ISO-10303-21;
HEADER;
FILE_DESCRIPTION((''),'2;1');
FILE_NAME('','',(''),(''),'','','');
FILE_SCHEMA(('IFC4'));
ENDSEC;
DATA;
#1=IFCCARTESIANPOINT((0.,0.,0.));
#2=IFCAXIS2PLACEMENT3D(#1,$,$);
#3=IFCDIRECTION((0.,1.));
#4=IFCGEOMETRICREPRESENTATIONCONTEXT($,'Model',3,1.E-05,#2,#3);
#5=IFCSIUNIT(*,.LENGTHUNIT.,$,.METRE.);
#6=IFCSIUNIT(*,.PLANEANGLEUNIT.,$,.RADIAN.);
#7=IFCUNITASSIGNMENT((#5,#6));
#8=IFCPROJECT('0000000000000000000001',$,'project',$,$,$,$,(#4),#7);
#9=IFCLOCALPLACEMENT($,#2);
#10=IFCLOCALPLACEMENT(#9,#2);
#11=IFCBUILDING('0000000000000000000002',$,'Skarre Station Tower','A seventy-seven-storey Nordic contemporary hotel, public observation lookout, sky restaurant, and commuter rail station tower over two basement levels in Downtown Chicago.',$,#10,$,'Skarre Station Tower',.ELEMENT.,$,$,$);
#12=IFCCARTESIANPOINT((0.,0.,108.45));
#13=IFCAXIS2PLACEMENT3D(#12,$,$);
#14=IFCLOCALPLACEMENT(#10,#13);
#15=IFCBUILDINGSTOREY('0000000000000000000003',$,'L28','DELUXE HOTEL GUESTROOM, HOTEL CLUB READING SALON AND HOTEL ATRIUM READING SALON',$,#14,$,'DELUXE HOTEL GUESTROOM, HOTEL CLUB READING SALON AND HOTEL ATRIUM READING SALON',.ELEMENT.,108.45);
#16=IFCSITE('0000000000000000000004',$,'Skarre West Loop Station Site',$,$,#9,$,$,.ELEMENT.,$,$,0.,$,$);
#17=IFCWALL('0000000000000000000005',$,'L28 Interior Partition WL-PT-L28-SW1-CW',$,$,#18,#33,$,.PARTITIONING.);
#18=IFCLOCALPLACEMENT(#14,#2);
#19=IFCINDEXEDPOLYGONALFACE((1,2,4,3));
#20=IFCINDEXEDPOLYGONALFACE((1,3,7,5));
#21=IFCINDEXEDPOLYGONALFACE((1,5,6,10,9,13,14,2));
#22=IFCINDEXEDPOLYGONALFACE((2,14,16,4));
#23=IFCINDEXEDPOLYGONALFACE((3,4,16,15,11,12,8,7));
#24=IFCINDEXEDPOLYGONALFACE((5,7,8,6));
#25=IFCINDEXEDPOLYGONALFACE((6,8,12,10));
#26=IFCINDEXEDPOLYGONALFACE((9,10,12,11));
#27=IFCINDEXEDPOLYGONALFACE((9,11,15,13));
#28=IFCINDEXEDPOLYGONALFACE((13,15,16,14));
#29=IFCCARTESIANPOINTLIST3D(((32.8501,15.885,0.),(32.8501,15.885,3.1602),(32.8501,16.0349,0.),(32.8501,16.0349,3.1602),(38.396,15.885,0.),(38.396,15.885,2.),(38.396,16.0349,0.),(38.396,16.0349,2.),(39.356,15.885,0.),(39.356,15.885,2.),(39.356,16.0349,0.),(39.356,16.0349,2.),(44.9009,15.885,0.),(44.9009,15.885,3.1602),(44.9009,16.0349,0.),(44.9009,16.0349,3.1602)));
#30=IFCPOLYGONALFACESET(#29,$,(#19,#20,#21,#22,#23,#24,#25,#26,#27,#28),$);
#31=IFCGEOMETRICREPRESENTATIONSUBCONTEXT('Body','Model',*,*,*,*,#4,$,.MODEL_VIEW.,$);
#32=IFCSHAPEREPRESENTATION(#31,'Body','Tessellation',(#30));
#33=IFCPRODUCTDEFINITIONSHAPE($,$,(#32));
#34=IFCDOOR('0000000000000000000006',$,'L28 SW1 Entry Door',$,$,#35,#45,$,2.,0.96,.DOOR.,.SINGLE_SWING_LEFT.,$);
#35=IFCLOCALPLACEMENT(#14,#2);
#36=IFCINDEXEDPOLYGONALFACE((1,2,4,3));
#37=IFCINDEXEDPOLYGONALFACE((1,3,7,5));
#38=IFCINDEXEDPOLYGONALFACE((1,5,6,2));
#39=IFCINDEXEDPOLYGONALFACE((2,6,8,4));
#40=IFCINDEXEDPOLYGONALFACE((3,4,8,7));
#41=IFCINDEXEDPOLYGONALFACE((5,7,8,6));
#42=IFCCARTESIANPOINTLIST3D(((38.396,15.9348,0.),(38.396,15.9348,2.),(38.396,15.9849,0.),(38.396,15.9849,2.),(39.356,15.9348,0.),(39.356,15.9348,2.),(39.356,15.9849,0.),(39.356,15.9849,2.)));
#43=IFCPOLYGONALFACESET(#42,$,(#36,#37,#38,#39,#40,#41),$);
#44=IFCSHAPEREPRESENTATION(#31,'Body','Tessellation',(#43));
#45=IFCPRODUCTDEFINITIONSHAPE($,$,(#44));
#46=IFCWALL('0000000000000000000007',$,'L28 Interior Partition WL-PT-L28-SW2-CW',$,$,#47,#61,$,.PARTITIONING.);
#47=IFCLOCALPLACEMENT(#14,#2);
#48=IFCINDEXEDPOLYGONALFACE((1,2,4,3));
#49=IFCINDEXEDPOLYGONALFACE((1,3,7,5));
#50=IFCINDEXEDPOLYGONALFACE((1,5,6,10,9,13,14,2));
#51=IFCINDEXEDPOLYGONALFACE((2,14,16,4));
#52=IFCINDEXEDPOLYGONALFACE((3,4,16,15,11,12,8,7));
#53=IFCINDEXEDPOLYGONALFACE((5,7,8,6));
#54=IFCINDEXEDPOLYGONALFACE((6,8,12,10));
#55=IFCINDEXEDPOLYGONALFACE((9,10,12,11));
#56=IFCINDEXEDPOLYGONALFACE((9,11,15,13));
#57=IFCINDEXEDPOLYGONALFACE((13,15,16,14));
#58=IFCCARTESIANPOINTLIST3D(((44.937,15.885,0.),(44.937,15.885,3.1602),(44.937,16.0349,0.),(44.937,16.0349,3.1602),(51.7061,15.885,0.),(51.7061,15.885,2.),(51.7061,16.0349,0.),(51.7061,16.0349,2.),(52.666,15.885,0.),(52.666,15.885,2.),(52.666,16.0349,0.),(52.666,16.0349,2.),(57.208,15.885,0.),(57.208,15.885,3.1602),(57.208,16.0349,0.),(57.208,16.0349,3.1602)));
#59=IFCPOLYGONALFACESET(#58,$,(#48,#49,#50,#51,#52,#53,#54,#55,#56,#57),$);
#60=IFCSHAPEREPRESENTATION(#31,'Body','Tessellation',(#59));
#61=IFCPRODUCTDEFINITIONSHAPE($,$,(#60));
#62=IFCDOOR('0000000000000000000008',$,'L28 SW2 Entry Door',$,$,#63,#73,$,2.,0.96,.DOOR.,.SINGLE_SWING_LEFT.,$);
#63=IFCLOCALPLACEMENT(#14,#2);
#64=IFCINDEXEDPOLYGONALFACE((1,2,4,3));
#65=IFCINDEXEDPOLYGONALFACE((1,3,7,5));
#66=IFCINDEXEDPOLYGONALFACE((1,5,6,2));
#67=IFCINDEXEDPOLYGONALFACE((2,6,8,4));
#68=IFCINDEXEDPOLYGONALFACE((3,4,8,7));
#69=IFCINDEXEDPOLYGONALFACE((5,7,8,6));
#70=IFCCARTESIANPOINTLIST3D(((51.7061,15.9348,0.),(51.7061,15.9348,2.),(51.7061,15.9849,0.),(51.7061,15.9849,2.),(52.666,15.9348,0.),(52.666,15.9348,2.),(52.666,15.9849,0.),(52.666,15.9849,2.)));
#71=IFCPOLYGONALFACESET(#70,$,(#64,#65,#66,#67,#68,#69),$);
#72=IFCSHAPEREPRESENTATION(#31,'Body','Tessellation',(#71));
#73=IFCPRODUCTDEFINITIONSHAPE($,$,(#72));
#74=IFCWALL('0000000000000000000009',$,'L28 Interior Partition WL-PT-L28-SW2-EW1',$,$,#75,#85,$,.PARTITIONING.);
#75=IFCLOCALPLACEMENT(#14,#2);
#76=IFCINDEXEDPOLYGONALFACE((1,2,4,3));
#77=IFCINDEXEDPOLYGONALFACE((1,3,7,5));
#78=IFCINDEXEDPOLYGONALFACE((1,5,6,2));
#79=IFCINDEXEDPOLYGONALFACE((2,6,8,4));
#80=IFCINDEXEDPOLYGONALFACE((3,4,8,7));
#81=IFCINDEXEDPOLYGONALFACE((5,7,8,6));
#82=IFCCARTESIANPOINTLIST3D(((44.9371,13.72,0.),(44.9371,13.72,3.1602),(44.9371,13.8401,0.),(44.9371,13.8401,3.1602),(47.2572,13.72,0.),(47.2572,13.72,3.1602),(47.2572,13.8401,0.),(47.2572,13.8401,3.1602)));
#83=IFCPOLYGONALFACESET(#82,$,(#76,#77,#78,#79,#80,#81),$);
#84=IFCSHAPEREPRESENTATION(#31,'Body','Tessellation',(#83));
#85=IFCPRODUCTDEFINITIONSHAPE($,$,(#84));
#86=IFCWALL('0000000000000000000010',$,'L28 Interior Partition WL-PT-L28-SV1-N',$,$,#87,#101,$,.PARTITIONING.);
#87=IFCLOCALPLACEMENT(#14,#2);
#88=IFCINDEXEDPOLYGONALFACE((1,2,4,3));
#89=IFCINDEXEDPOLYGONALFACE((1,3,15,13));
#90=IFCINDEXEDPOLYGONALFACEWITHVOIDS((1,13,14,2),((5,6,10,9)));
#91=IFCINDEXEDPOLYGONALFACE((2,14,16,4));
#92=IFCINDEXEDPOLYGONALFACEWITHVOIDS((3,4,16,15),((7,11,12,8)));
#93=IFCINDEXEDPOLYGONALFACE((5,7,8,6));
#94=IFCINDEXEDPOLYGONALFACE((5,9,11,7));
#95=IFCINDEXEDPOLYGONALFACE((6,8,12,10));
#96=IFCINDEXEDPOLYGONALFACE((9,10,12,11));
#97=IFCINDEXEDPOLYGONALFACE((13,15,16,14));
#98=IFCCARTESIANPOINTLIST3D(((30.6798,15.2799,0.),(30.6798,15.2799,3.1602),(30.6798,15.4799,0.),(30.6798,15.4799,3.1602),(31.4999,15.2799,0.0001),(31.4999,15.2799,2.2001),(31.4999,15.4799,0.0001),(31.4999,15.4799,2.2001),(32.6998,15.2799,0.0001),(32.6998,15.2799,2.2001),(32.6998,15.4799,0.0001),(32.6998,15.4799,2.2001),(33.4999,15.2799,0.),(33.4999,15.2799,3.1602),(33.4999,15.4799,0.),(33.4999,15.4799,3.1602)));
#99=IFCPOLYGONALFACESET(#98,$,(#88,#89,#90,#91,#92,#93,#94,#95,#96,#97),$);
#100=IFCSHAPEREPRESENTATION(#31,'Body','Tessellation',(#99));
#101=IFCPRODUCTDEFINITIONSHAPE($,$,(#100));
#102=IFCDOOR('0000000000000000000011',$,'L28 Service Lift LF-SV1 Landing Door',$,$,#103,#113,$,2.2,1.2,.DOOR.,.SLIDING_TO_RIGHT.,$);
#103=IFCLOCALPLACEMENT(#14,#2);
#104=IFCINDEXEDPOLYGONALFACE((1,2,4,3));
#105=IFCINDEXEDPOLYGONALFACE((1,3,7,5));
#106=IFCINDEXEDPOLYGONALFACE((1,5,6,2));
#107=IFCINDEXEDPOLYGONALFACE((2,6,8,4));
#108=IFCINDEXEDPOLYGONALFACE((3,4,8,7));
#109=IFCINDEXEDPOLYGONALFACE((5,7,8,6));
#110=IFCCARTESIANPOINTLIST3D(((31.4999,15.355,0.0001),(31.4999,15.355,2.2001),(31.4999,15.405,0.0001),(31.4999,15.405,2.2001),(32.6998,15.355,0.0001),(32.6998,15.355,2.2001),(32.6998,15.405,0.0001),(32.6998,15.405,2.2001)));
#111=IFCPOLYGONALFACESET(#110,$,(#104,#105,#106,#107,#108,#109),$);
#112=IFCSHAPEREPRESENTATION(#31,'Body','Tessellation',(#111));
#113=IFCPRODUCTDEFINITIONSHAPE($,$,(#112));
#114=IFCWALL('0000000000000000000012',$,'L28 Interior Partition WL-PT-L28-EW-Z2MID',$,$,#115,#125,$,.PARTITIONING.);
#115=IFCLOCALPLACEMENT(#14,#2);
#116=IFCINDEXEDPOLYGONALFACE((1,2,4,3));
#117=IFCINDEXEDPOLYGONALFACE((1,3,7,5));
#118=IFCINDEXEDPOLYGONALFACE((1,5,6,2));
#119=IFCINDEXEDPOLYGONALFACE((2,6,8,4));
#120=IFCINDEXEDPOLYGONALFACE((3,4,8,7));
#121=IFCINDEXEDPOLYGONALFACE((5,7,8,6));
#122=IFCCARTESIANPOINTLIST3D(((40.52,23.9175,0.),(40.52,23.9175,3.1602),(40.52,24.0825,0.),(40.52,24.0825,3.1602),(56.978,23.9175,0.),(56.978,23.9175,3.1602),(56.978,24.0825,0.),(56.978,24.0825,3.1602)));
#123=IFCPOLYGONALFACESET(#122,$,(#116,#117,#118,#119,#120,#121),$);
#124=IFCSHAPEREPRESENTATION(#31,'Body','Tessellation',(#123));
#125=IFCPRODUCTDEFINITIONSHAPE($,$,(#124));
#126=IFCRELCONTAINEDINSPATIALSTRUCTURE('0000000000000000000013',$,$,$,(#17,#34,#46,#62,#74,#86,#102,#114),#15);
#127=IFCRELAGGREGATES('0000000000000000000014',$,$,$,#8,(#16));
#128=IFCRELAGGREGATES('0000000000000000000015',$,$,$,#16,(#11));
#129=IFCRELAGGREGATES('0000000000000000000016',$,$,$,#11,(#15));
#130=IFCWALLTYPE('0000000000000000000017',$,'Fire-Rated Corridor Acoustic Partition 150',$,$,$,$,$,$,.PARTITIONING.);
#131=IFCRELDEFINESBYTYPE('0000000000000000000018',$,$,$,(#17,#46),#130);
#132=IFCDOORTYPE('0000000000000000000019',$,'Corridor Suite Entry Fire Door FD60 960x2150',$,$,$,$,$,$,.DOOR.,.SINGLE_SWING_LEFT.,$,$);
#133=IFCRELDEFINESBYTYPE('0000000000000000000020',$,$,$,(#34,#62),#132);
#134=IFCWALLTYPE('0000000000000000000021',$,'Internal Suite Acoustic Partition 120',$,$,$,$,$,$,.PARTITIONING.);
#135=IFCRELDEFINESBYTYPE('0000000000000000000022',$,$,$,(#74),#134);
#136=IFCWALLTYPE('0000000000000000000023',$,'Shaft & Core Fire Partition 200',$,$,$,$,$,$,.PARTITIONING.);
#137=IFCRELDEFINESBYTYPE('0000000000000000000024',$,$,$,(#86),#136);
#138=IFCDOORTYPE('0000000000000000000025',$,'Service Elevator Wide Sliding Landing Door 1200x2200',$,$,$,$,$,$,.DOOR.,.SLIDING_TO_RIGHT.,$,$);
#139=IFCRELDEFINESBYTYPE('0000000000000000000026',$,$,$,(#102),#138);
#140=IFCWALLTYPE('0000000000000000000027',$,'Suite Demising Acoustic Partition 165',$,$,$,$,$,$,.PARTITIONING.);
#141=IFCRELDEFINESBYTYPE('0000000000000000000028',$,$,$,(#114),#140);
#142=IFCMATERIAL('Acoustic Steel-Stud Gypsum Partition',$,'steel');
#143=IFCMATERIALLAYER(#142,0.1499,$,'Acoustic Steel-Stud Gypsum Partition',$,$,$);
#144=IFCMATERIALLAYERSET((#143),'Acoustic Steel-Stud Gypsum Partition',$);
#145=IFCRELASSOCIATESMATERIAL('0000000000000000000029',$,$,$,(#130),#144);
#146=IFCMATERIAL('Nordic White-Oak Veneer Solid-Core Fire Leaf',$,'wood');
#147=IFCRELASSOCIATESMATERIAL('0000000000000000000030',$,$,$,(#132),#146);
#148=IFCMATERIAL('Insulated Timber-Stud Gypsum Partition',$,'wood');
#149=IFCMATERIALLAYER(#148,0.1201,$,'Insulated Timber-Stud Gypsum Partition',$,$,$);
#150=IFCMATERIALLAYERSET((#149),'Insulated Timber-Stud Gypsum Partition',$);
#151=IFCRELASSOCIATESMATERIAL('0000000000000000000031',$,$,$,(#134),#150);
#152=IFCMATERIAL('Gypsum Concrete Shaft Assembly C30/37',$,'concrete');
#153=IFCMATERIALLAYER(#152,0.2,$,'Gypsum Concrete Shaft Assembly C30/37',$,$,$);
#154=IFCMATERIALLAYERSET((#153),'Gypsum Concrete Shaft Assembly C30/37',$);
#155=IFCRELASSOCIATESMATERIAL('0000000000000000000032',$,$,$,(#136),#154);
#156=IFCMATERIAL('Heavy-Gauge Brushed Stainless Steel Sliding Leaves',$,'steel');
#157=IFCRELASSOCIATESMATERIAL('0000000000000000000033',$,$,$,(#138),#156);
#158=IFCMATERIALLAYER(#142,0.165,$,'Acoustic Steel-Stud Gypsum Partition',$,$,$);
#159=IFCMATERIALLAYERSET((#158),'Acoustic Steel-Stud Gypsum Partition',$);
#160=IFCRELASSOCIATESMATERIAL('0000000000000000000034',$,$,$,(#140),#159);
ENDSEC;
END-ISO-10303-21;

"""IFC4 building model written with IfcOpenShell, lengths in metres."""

from ifc_helpers import new_model, si_unit, direction, frame, frame_2d, origin, place, context, subcontext, project, spatial, rectangle, extrude, material, layer, layer_set, type_object, element, fill, save


model = new_model("IFC4")

# Units and contexts
model_context = context("Model", 3, precision=1e-05, world=origin(), true_north=direction((0.0, 1.0)))
body_context = subcontext(model_context, "Body", "Model", "MODEL_VIEW")
ifc_project = project(units=[si_unit("LENGTHUNIT", "METRE"), si_unit("PLANEANGLEUNIT", "RADIAN")], contexts=[model_context])

# Site, building, storey
site_placement = place(None, origin())
site = spatial("IfcSite", under=ifc_project, at=site_placement, Name="Skarre West Loop Station Site", CompositionType="ELEMENT", RefElevation=0.0)
building_placement = place(site_placement, origin())
building = spatial("IfcBuilding", under=site, at=building_placement, Name="Skarre Station Tower", Description="A seventy-seven-storey Nordic contemporary hotel, public observation lookout, sky restaurant, and commuter rail station tower over two basement levels in Downtown Chicago.", LongName="Skarre Station Tower", CompositionType="ELEMENT")
storey_placement = place(building_placement, frame((0.0, 0.0, 108.45)))
storey = spatial("IfcBuildingStorey", under=building, at=storey_placement, Name="L28", Description="DELUXE HOTEL GUESTROOM, HOTEL CLUB READING SALON AND HOTEL ATRIUM READING SALON", LongName="DELUXE HOTEL GUESTROOM, HOTEL CLUB READING SALON AND HOTEL ATRIUM READING SALON", CompositionType="ELEMENT", Elevation=108.45)

# Shared definitions
ifc_material_1 = material(Name="Acoustic Steel-Stud Gypsum Partition", Category="steel")
ifc_layer_1 = layer(ifc_material_1, 0.1499, Name="Acoustic Steel-Stud Gypsum Partition")
ifc_layer_set_1 = layer_set([ifc_layer_1], Name="Acoustic Steel-Stud Gypsum Partition")
wall_type_1 = type_object("IfcWallType", Name="Fire-Rated Corridor Acoustic Partition 150", PredefinedType="PARTITIONING", material=ifc_layer_set_1)

# Walls, openings, doors
wall_1_placement = place(storey_placement, frame((32.8501, 15.96, 0.0), z_axis=(0.0, 0.0, 1.0), x_axis=(1.0, 0.0, 0.0)))
wall_1 = element("IfcWall", 1, at=wall_1_placement, inside=storey, type_object=wall_type_1, Name="L28 Interior Partition WL-PT-L28-SW1-CW", PredefinedType="PARTITIONING", context=body_context, shape_type="SweptSolid", body=[
    extrude(rectangle(XDim=12.0508, YDim=0.1499, at=frame_2d((6.0254, 0.0))), origin(), (0.0, 0.0, 1.0), 3.1602),
])
opening_1_placement = place(wall_1_placement, frame((5.5459, 0.0, 0.0)))
opening_1 = element("IfcOpeningElement", 2, at=opening_1_placement, cuts=wall_1, PredefinedType="OPENING", context=body_context, shape_type="SweptSolid", body=[
    extrude(rectangle(XDim=0.96, YDim=2.0, at=frame_2d((0.48, 1.0))), frame((0.0, 0.085, 0.0), z_axis=(0.0, -1.0, 0.0), x_axis=(1.0, 0.0, 0.0)), (0.0, 0.0, 1.0), 0.1699),
])
ifc_material_2 = material(Name="Nordic White-Oak Veneer Solid-Core Fire Leaf", Category="wood")
door_type_1 = type_object("IfcDoorType", Name="Corridor Suite Entry Fire Door FD60 960x2150", OperationType="SINGLE_SWING_LEFT", PredefinedType="DOOR", material=ifc_material_2)
door_1_placement = place(opening_1_placement, origin())
door_1 = element("IfcDoor", 3, at=door_1_placement, inside=storey, type_object=door_type_1, Name="L28 SW1 Entry Door", OperationType="SINGLE_SWING_LEFT", OverallHeight=2.0, OverallWidth=0.96, PredefinedType="DOOR", context=body_context, shape_type="SweptSolid", body=[
    extrude(rectangle(XDim=0.96, YDim=2.0, at=frame_2d((0.48, 1.0))), frame((0.0, 0.0249, 0.0), z_axis=(0.0, -1.0, 0.0), x_axis=(1.0, 0.0, 0.0)), (0.0, 0.0, 1.0), 0.05),
])
fill(opening_1, door_1)
wall_2_placement = place(storey_placement, frame((44.937, 15.96, 0.0), z_axis=(0.0, 0.0, 1.0), x_axis=(1.0, 0.0, 0.0)))
wall_2 = element("IfcWall", 4, at=wall_2_placement, inside=storey, type_object=wall_type_1, Name="L28 Interior Partition WL-PT-L28-SW2-CW", PredefinedType="PARTITIONING", context=body_context, shape_type="SweptSolid", body=[
    extrude(rectangle(XDim=12.271, YDim=0.1499, at=frame_2d((6.1355, 0.0))), origin(), (0.0, 0.0, 1.0), 3.1602),
])
opening_2_placement = place(wall_2_placement, frame((6.769, 0.0, 0.0)))
opening_2 = element("IfcOpeningElement", 5, at=opening_2_placement, cuts=wall_2, PredefinedType="OPENING", context=body_context, shape_type="SweptSolid", body=[
    extrude(rectangle(XDim=0.96, YDim=2.0, at=frame_2d((0.48, 1.0))), frame((0.0, 0.085, 0.0), z_axis=(0.0, -1.0, 0.0), x_axis=(1.0, 0.0, 0.0)), (0.0, 0.0, 1.0), 0.1699),
])
door_2_placement = place(opening_2_placement, origin())
door_2 = element("IfcDoor", 6, at=door_2_placement, inside=storey, type_object=door_type_1, Name="L28 SW2 Entry Door", OperationType="SINGLE_SWING_LEFT", OverallHeight=2.0, OverallWidth=0.96, PredefinedType="DOOR", context=body_context, shape_type="SweptSolid", body=[
    extrude(rectangle(XDim=0.96, YDim=2.0, at=frame_2d((0.48, 1.0))), frame((0.0, 0.0249, 0.0), z_axis=(0.0, -1.0, 0.0), x_axis=(1.0, 0.0, 0.0)), (0.0, 0.0, 1.0), 0.05),
])
fill(opening_2, door_2)

# Wall
ifc_material_3 = material(Name="Insulated Timber-Stud Gypsum Partition", Category="wood")
ifc_layer_2 = layer(ifc_material_3, 0.1201, Name="Insulated Timber-Stud Gypsum Partition")
ifc_layer_set_2 = layer_set([ifc_layer_2], Name="Insulated Timber-Stud Gypsum Partition")
wall_type_2 = type_object("IfcWallType", Name="Internal Suite Acoustic Partition 120", PredefinedType="PARTITIONING", material=ifc_layer_set_2)
wall_3_placement = place(storey_placement, frame((44.937, 13.78, 0.0), z_axis=(0.0, 0.0, 1.0), x_axis=(1.0, 0.0, 0.0)))
element("IfcWall", 7, at=wall_3_placement, inside=storey, type_object=wall_type_2, Name="L28 Interior Partition WL-PT-L28-SW2-EW1", PredefinedType="PARTITIONING", context=body_context, shape_type="SweptSolid", body=[
    extrude(rectangle(XDim=2.3201, YDim=0.1201, at=frame_2d((1.1602, 0.0))), origin(), (0.0, 0.0, 1.0), 3.1602),
])

# Wall, opening, door
ifc_material_4 = material(Name="Gypsum Concrete Shaft Assembly C30/37", Category="concrete")
ifc_layer_3 = layer(ifc_material_4, 0.2, Name="Gypsum Concrete Shaft Assembly C30/37")
ifc_layer_set_3 = layer_set([ifc_layer_3], Name="Gypsum Concrete Shaft Assembly C30/37")
wall_type_3 = type_object("IfcWallType", Name="Shaft & Core Fire Partition 200", PredefinedType="PARTITIONING", material=ifc_layer_set_3)
wall_4_placement = place(storey_placement, frame((33.5, 15.3799, 0.0), z_axis=(0.0, 0.0, 1.0), x_axis=(-1.0, 0.0, 0.0)))
wall_4 = element("IfcWall", 8, at=wall_4_placement, inside=storey, type_object=wall_type_3, Name="L28 Interior Partition WL-PT-L28-SV1-N", PredefinedType="PARTITIONING", context=body_context, shape_type="SweptSolid", body=[
    extrude(rectangle(XDim=2.8201, YDim=0.2, at=frame_2d((1.4102, 0.0))), origin(), (0.0, 0.0, 1.0), 3.1602),
])
opening_3_placement = place(wall_4_placement, frame((0.8, 0.0, 0.0)))
opening_3 = element("IfcOpeningElement", 9, at=opening_3_placement, cuts=wall_4, PredefinedType="OPENING", context=body_context, shape_type="SweptSolid", body=[
    extrude(rectangle(XDim=1.2, YDim=2.2, at=frame_2d((0.6001, 1.1001))), frame((0.0, 0.1099, 0.0), z_axis=(0.0, -1.0, 0.0), x_axis=(1.0, 0.0, 0.0)), (0.0, 0.0, 1.0), 0.22),
])
ifc_material_5 = material(Name="Heavy-Gauge Brushed Stainless Steel Sliding Leaves", Category="steel")
door_type_2 = type_object("IfcDoorType", Name="Service Elevator Wide Sliding Landing Door 1200x2200", OperationType="SLIDING_TO_RIGHT", PredefinedType="DOOR", material=ifc_material_5)
door_3_placement = place(opening_3_placement, origin())
door_3 = element("IfcDoor", 10, at=door_3_placement, inside=storey, type_object=door_type_2, Name="L28 Service Lift LF-SV1 Landing Door", OperationType="SLIDING_TO_RIGHT", OverallHeight=2.2, OverallWidth=1.2, PredefinedType="DOOR", context=body_context, shape_type="SweptSolid", body=[
    extrude(rectangle(XDim=1.2, YDim=2.2, at=frame_2d((0.6001, 1.1001))), frame((0.0, 0.0249, 0.0), z_axis=(0.0, -1.0, 0.0), x_axis=(1.0, 0.0, 0.0)), (0.0, 0.0, 1.0), 0.05),
])
fill(opening_3, door_3)

# Wall
ifc_layer_4 = layer(ifc_material_1, 0.165, Name="Acoustic Steel-Stud Gypsum Partition")
ifc_layer_set_4 = layer_set([ifc_layer_4], Name="Acoustic Steel-Stud Gypsum Partition")
wall_type_4 = type_object("IfcWallType", Name="Suite Demising Acoustic Partition 165", PredefinedType="PARTITIONING", material=ifc_layer_set_4)
wall_5_placement = place(storey_placement, frame((40.52, 24.0, 0.0), z_axis=(0.0, 0.0, 1.0), x_axis=(1.0, 0.0, 0.0)))
element("IfcWall", 11, at=wall_5_placement, inside=storey, type_object=wall_type_4, Name="L28 Interior Partition WL-PT-L28-EW-Z2MID", PredefinedType="PARTITIONING", context=body_context, shape_type="SweptSolid", body=[
    extrude(rectangle(XDim=16.458, YDim=0.165, at=frame_2d((8.229, 0.0))), origin(), (0.0, 0.0, 1.0), 3.1602),
])

save(model, "model.ifc")
